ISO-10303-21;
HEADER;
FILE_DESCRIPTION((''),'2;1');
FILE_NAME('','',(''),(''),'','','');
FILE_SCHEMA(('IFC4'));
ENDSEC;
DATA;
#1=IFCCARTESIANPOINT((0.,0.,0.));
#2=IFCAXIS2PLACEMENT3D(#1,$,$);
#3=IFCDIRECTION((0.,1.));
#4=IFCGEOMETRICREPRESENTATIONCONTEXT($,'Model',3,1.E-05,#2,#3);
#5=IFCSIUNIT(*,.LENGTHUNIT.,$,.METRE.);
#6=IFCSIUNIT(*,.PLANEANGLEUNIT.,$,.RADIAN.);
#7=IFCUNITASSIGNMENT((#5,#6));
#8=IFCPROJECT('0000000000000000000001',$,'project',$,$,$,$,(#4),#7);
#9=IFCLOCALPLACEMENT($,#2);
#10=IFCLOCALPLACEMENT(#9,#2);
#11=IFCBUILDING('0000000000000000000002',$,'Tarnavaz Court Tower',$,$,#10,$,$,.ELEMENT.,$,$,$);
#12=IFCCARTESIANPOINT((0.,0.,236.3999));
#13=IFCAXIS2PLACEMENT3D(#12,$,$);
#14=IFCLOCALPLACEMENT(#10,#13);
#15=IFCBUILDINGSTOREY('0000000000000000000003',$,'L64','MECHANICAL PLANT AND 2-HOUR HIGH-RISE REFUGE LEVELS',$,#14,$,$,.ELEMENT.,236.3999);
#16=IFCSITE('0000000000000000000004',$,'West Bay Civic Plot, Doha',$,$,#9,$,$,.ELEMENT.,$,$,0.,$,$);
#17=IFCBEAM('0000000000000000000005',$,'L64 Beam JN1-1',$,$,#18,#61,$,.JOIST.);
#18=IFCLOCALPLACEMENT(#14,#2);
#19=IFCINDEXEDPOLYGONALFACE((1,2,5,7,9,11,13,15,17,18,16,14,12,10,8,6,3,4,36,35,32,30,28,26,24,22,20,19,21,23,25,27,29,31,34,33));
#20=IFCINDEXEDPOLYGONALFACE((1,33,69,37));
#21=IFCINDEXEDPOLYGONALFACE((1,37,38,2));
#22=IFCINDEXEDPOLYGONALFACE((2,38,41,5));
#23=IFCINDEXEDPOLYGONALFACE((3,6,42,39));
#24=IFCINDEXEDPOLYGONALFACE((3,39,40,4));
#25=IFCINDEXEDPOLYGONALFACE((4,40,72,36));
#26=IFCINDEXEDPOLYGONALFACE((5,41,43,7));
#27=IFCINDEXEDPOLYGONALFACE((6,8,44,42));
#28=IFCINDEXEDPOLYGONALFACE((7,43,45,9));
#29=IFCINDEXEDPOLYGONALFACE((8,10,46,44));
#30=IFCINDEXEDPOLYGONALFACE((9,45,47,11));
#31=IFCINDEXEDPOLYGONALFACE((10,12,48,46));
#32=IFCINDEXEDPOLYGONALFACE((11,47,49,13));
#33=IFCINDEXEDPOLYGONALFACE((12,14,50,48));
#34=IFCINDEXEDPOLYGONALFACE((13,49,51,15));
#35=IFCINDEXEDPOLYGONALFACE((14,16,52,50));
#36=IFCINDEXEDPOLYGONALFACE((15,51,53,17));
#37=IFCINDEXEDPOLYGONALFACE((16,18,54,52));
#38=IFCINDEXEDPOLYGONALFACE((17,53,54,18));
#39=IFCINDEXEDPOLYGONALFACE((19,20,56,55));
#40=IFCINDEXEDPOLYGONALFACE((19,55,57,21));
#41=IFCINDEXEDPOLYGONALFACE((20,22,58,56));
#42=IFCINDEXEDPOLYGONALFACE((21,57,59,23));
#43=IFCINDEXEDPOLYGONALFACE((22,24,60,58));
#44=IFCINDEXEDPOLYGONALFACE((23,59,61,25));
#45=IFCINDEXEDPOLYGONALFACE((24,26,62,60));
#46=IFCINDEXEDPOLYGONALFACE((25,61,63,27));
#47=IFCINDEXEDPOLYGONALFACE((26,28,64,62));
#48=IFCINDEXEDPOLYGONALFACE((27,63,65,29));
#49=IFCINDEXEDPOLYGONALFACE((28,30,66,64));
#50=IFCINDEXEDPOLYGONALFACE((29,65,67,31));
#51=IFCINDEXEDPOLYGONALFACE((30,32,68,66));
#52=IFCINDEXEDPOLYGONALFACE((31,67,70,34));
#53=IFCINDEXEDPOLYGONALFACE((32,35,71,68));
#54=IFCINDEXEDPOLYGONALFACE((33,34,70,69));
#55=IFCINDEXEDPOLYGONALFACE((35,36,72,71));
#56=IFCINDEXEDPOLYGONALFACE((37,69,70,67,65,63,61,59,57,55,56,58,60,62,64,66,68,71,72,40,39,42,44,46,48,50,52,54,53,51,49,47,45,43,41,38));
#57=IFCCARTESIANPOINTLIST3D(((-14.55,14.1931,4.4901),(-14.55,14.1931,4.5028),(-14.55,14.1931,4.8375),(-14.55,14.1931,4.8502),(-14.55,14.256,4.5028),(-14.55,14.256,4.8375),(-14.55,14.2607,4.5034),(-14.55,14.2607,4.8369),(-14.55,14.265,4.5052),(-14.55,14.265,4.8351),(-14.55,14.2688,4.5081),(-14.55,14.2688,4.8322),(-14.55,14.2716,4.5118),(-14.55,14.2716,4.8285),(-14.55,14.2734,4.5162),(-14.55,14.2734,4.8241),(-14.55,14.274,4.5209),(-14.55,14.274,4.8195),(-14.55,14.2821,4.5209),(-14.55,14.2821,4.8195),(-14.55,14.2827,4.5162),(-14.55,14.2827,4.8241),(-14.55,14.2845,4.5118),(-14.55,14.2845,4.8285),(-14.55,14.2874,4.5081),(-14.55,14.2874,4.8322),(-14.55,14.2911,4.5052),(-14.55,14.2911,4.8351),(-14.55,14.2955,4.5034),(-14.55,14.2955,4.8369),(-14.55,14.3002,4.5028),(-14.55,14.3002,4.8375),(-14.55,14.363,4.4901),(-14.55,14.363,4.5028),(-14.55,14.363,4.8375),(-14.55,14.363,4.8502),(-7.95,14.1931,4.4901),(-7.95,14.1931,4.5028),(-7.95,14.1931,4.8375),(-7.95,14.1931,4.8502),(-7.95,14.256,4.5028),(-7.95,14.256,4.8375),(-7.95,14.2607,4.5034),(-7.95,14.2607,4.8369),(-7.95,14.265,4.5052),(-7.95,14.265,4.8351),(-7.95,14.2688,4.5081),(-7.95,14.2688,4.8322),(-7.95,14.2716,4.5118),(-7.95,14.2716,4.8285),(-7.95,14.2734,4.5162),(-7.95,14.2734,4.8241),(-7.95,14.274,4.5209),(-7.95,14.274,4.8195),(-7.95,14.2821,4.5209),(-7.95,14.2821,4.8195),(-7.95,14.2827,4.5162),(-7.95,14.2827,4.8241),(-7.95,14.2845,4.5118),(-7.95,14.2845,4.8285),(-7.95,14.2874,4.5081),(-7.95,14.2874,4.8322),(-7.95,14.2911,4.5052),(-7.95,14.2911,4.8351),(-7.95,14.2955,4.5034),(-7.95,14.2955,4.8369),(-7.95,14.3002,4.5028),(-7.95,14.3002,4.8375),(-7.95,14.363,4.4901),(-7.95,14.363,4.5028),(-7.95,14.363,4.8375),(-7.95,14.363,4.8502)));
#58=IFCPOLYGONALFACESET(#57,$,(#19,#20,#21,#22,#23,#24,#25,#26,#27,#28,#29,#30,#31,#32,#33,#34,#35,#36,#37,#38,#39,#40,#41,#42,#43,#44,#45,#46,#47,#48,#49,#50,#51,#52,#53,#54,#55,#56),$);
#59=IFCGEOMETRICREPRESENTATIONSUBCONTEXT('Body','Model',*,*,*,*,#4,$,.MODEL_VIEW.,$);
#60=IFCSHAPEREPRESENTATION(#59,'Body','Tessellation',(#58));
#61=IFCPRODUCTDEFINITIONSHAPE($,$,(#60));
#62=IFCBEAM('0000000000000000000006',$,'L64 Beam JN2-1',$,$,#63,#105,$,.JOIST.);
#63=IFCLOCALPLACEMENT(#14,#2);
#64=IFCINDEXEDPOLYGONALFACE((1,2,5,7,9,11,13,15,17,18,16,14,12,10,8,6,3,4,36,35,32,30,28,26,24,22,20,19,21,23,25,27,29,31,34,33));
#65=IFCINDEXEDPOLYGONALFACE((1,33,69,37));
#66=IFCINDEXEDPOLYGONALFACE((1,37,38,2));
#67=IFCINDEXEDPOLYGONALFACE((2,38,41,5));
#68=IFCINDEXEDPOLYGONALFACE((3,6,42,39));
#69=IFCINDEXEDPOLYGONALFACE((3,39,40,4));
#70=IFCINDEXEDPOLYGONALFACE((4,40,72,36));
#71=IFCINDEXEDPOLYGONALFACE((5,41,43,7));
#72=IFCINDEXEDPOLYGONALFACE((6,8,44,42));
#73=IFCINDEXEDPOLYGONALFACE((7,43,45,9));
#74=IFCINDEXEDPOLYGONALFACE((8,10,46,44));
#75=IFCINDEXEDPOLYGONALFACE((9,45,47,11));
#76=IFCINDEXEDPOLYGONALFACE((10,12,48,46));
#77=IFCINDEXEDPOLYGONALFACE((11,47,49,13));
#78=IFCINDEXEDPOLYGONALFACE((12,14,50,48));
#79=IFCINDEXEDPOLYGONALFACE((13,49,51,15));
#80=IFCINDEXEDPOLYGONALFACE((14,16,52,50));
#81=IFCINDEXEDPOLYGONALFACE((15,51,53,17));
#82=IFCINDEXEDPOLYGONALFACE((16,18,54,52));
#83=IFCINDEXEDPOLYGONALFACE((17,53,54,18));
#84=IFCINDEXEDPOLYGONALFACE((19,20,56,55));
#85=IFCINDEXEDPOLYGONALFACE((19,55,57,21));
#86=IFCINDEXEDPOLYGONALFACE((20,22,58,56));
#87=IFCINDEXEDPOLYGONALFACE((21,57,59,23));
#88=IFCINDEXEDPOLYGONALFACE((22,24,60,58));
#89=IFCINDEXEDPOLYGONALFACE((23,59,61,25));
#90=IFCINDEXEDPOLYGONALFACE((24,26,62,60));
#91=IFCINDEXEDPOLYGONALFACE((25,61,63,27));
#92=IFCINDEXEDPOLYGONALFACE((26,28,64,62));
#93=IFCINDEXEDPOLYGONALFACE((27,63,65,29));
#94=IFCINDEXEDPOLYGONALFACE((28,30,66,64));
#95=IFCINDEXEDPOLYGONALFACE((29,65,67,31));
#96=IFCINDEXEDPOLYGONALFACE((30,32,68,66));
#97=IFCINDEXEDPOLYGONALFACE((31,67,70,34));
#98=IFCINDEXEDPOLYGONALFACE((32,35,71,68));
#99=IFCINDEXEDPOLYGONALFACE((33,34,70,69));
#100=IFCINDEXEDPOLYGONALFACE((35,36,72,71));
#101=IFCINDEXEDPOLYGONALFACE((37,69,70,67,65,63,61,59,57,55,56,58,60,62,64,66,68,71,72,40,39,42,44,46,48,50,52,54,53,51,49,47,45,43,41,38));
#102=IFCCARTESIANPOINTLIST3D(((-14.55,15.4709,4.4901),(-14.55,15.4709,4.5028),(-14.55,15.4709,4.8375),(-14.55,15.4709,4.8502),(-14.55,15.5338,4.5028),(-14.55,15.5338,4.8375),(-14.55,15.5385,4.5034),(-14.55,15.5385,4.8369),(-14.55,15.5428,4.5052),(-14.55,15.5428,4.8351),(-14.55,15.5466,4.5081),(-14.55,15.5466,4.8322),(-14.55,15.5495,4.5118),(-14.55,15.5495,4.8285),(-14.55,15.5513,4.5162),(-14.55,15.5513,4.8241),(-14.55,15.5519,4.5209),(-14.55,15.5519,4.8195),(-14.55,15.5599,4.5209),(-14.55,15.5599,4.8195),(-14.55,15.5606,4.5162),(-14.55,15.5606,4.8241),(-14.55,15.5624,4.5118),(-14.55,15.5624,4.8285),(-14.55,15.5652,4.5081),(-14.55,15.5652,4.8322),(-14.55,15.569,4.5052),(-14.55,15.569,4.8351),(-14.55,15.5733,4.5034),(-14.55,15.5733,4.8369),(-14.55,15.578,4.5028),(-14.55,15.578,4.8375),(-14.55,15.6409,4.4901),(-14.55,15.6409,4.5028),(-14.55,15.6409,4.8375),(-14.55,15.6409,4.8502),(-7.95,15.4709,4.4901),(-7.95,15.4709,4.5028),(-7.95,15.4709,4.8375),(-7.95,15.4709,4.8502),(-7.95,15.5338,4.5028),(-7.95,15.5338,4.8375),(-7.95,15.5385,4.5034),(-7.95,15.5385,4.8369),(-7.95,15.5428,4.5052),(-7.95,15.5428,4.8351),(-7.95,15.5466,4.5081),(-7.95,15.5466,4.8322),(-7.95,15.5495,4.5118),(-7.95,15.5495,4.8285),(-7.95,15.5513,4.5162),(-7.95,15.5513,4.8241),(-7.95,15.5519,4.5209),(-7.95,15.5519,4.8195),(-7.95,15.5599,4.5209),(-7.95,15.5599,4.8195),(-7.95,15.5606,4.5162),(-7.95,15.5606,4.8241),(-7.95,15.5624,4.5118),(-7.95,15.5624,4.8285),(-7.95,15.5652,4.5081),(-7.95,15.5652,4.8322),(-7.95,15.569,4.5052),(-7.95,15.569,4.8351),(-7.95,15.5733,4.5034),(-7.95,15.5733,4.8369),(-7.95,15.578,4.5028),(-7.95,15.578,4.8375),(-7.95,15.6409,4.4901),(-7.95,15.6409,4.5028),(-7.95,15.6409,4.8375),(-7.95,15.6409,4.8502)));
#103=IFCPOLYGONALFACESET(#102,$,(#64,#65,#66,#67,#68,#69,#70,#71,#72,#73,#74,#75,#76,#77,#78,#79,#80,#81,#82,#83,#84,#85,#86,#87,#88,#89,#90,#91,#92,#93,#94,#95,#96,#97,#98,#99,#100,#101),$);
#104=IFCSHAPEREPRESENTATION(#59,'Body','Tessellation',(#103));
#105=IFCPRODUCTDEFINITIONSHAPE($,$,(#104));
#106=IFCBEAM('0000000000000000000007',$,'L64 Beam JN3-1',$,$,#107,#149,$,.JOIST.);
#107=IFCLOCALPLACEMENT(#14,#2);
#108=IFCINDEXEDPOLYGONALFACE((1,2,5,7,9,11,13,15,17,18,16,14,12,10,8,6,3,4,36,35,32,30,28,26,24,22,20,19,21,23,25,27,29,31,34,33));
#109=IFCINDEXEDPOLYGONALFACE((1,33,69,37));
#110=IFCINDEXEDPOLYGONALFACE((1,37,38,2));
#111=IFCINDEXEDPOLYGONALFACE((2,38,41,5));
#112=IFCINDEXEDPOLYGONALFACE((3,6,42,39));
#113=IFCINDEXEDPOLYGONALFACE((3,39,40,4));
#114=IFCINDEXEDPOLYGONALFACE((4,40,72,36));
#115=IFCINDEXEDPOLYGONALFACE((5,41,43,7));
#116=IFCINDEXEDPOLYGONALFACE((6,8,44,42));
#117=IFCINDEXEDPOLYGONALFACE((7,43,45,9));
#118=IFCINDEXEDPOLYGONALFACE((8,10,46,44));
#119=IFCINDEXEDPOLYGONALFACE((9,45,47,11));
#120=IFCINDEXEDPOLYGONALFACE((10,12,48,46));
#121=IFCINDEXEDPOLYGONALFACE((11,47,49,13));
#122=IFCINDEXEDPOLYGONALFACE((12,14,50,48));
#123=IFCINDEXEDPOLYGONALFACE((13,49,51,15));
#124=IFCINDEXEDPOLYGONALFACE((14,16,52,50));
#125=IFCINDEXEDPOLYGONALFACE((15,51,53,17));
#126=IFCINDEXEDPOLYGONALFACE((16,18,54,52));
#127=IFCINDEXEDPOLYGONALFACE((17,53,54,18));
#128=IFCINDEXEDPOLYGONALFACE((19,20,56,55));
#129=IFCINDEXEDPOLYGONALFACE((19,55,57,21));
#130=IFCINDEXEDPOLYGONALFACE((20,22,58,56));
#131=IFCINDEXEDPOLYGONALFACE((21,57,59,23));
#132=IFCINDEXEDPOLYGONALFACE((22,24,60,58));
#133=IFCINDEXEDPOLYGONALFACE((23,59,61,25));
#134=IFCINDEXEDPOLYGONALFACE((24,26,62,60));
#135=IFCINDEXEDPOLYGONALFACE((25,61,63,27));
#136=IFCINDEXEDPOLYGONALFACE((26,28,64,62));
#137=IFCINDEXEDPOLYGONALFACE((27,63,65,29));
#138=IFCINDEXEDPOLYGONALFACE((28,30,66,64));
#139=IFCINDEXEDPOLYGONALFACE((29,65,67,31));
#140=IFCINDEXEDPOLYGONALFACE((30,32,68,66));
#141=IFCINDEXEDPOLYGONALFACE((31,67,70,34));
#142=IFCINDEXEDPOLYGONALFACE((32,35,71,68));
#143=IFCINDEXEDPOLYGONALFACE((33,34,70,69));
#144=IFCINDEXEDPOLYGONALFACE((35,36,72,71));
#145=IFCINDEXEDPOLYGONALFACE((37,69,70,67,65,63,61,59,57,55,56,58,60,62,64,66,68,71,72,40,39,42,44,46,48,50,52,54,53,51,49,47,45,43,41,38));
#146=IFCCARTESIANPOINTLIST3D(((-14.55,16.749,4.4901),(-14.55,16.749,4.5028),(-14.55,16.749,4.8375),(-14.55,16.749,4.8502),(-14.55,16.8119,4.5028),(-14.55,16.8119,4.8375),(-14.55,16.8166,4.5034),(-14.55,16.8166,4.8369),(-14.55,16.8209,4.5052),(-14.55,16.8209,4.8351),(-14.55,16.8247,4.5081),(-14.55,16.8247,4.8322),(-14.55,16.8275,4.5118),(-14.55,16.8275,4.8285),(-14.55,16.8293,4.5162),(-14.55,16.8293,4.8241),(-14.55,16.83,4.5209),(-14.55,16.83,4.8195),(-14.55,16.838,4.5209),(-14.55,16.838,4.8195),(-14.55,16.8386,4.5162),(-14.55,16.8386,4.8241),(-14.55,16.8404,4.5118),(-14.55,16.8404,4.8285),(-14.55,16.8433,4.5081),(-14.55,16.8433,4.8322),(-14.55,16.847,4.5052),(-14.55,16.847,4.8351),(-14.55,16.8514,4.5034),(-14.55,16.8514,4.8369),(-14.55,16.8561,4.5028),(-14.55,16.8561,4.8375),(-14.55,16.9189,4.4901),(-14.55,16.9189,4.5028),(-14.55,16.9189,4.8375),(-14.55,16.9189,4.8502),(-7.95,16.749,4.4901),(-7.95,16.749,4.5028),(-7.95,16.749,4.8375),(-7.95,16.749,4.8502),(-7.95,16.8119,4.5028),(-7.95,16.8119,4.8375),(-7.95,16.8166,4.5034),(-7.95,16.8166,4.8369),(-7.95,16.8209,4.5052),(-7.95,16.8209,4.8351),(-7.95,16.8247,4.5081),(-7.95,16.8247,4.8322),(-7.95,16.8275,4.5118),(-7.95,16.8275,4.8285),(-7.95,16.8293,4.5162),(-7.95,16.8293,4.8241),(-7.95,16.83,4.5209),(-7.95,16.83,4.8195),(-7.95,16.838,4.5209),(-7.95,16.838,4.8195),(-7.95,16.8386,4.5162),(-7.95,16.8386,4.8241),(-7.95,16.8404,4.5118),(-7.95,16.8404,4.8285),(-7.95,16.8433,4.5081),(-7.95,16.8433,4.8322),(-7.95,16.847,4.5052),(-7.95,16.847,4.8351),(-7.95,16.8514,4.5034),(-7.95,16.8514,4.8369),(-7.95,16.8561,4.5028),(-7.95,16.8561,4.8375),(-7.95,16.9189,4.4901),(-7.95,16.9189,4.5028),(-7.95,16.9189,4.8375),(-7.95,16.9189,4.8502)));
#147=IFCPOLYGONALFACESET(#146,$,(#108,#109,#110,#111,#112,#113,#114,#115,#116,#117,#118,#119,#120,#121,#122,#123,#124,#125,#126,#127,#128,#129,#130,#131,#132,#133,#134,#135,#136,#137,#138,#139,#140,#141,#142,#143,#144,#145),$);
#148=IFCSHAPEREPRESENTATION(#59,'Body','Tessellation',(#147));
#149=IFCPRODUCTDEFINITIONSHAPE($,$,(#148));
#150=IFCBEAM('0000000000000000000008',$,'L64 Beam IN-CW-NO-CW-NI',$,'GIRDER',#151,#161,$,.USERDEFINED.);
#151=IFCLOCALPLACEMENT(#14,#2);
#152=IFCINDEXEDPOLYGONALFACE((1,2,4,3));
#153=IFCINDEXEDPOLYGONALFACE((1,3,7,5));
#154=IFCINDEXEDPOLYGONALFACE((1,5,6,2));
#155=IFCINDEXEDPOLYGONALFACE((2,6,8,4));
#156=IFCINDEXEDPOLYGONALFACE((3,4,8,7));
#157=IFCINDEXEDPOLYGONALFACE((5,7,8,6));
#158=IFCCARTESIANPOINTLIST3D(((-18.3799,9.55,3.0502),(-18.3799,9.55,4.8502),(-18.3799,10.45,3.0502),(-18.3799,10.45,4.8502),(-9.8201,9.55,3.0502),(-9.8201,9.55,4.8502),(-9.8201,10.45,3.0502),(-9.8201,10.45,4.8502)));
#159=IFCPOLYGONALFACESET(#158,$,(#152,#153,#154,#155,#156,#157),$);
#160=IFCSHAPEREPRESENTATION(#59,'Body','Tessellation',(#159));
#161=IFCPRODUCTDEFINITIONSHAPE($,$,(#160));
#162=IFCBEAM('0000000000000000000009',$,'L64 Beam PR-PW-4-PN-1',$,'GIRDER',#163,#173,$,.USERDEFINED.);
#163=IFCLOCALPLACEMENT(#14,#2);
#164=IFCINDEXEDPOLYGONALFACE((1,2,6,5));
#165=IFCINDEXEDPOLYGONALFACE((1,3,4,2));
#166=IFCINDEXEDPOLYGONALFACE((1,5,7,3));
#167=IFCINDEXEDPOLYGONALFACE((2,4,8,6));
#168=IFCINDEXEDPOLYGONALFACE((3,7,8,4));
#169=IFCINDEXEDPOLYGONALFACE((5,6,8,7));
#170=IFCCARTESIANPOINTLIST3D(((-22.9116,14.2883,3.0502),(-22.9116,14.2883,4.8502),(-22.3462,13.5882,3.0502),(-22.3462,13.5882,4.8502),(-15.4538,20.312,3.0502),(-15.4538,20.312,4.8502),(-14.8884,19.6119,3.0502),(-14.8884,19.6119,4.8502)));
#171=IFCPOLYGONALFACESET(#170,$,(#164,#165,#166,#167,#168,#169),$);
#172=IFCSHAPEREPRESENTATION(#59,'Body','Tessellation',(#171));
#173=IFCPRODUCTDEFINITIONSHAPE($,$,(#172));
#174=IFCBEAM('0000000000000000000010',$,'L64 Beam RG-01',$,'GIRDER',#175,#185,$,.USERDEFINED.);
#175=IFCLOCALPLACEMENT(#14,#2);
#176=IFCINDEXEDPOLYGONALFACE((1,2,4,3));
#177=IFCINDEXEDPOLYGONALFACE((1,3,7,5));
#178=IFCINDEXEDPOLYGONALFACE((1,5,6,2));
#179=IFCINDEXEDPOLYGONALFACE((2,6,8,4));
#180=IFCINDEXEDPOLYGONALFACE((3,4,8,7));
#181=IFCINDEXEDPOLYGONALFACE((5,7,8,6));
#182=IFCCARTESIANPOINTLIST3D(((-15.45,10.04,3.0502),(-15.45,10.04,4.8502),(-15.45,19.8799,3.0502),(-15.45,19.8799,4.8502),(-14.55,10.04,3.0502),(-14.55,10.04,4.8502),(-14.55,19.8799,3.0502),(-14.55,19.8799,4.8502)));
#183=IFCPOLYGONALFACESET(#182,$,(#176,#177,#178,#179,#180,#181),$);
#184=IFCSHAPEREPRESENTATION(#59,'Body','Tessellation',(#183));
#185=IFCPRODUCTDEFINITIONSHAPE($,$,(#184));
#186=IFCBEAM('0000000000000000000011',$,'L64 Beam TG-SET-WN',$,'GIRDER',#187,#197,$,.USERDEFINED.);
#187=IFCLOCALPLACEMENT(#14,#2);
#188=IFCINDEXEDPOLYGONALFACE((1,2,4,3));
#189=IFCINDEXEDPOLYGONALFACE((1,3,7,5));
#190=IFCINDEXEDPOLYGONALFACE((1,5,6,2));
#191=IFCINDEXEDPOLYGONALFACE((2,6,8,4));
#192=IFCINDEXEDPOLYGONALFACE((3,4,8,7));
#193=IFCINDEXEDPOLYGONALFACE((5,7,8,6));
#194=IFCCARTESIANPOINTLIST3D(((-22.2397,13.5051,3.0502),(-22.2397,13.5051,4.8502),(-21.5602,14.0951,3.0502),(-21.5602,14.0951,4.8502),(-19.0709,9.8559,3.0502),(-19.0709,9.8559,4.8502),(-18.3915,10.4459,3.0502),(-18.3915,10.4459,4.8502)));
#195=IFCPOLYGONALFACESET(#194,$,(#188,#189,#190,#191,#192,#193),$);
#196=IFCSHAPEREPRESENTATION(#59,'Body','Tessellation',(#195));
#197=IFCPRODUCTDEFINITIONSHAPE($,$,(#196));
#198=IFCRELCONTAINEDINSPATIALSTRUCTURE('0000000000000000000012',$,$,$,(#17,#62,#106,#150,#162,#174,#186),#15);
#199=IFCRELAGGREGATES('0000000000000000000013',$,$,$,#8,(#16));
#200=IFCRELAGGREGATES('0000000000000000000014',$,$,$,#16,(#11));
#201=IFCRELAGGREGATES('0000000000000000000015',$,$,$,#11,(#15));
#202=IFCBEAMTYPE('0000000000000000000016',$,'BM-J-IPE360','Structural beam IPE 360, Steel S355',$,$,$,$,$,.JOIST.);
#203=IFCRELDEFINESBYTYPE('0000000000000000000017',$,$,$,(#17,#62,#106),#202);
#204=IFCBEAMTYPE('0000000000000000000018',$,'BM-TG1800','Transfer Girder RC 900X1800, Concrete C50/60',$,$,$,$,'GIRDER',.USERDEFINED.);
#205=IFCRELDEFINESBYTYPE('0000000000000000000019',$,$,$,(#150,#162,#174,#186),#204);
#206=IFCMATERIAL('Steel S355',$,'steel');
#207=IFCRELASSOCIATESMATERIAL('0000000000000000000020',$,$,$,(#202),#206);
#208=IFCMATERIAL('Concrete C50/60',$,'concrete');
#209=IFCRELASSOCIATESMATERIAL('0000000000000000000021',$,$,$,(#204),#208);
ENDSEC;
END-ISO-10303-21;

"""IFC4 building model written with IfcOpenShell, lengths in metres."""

from ifc_helpers import new_model, si_unit, direction, frame, origin, origin_2d, place, context, subcontext, project, spatial, rectangle, i_section, extrude, material, material_profile, profile_set, type_object, element, save


model = new_model("IFC4")

# Units and contexts
model_context = context("Model", 3, precision=1e-05, world=origin(), true_north=direction((0.0, 1.0)))
body_context = subcontext(model_context, "Body", "Model", "MODEL_VIEW")
ifc_project = project(units=[si_unit("LENGTHUNIT", "METRE"), si_unit("PLANEANGLEUNIT", "RADIAN")], contexts=[model_context])

# Site, building, storey
site_placement = place(None, origin())
site = spatial("IfcSite", under=ifc_project, at=site_placement, Name="West Bay Civic Plot, Doha", CompositionType="ELEMENT", RefElevation=0.0)
building_placement = place(site_placement, origin())
building = spatial("IfcBuilding", under=site, at=building_placement, Name="Tarnavaz Court Tower", CompositionType="ELEMENT")
storey_placement = place(building_placement, frame((0.0, 0.0, 236.3999)))
storey = spatial("IfcBuildingStorey", under=building, at=storey_placement, Name="L64", Description="MECHANICAL PLANT AND 2-HOUR HIGH-RISE REFUGE LEVELS", CompositionType="ELEMENT", Elevation=236.3999)

# Shared definitions
ifc_material_1 = material(Name="Concrete C50/60", Category="concrete")

# Beams
ifc_material_2 = material(Name="Steel S355", Category="steel")
ifc_material_profile_1 = material_profile(ifc_material_2, i_section(OverallWidth=0.1699, OverallDepth=0.3601, WebThickness=0.0081, FlangeThickness=0.0127, FilletRadius=0.0181, at=origin_2d()), Name="IPE 360")
ifc_profile_set_1 = profile_set([ifc_material_profile_1], Name="Steel S355")
beam_type_1 = type_object("IfcBeamType", Name="BM-J-IPE360", Description="Structural beam IPE 360, Steel S355", PredefinedType="JOIST", material=ifc_profile_set_1)
for number, where, z_axis, x_axis, name in (
    (1, (-14.55, 14.2781, 4.6702), (1.0, 0.0, 0.0), (0.0, 1.0, 0.0), "L64 Beam JN1-1"),
    (2, (-14.55, 15.5559, 4.6702), (1.0, 0.0, 0.0), (0.0, 1.0, 0.0), "L64 Beam JN2-1"),
    (3, (-14.55, 16.834, 4.6702), (1.0, 0.0, 0.0), (0.0, 1.0, 0.0), "L64 Beam JN3-1"),
):
    element("IfcBeam", number, at=place(storey_placement, frame(where, z_axis=z_axis, x_axis=x_axis)), inside=storey, type_object=beam_type_1, Name=name, PredefinedType="JOIST", context=body_context, shape_type="SweptSolid", body=[
        extrude(i_section(OverallWidth=0.1699, OverallDepth=0.3601, WebThickness=0.0081, FlangeThickness=0.0127, FilletRadius=0.0181, at=origin_2d()), origin(), (0.0, 0.0, 1.0), 6.6001),
    ])
ifc_material_profile_2 = material_profile(ifc_material_1, rectangle(XDim=0.8999, YDim=1.8, at=origin_2d()), Name="RC 900X1800")
ifc_profile_set_2 = profile_set([ifc_material_profile_2], Name="Concrete C50/60")
beam_type_2 = type_object("IfcBeamType", Name="BM-TG1800", Description="Transfer Girder RC 900X1800, Concrete C50/60", ElementType="GIRDER", PredefinedType="USERDEFINED", material=ifc_profile_set_2)
beam_1_placement = place(storey_placement, frame((-18.3799, 10.0, 3.9502), z_axis=(1.0, 0.0, 0.0), x_axis=(0.0, 1.0, 0.0)))
element("IfcBeam", 4, at=beam_1_placement, inside=storey, type_object=beam_type_2, Name="L64 Beam IN-CW-NO-CW-NI", ObjectType="GIRDER", PredefinedType="USERDEFINED", context=body_context, shape_type="SweptSolid", body=[
    extrude(rectangle(XDim=0.8999, YDim=1.8, at=origin_2d()), origin(), (0.0, 0.0, 1.0), 8.5598),
])
beam_2_placement = place(storey_placement, frame((-22.6289, 13.9382, 3.9502), z_axis=(0.777936, 0.628344, 0.0), x_axis=(-0.628344, 0.777936, 0.0)))
element("IfcBeam", 5, at=beam_2_placement, inside=storey, type_object=beam_type_2, Name="L64 Beam PR-PW-4-PN-1", ObjectType="GIRDER", PredefinedType="USERDEFINED", context=body_context, shape_type="SweptSolid", body=[
    extrude(rectangle(XDim=0.8999, YDim=1.8, at=origin_2d()), origin(), (0.0, 0.0, 1.0), 9.5867),
])
beam_3_placement = place(storey_placement, frame((-15.0, 10.04, 3.9502), z_axis=(0.0, 1.0, 0.0), x_axis=(-1.0, 0.0, 0.0)))
element("IfcBeam", 6, at=beam_3_placement, inside=storey, type_object=beam_type_2, Name="L64 Beam RG-01", ObjectType="GIRDER", PredefinedType="USERDEFINED", context=body_context, shape_type="SweptSolid", body=[
    extrude(rectangle(XDim=0.8999, YDim=1.8, at=origin_2d()), origin(), (0.0, 0.0, 1.0), 9.8398),
])
beam_4_placement = place(storey_placement, frame((-18.7312, 10.1509, 3.9502), z_axis=(-0.65565, 0.755065, 0.0), x_axis=(-0.755065, -0.65565, 0.0)))
element("IfcBeam", 7, at=beam_4_placement, inside=storey, type_object=beam_type_2, Name="L64 Beam TG-SET-WN", ObjectType="GIRDER", PredefinedType="USERDEFINED", context=body_context, shape_type="SweptSolid", body=[
    extrude(rectangle(XDim=0.8999, YDim=1.8, at=origin_2d()), origin(), (0.0, 0.0, 1.0), 4.833),
])

save(model, "model.ifc")
